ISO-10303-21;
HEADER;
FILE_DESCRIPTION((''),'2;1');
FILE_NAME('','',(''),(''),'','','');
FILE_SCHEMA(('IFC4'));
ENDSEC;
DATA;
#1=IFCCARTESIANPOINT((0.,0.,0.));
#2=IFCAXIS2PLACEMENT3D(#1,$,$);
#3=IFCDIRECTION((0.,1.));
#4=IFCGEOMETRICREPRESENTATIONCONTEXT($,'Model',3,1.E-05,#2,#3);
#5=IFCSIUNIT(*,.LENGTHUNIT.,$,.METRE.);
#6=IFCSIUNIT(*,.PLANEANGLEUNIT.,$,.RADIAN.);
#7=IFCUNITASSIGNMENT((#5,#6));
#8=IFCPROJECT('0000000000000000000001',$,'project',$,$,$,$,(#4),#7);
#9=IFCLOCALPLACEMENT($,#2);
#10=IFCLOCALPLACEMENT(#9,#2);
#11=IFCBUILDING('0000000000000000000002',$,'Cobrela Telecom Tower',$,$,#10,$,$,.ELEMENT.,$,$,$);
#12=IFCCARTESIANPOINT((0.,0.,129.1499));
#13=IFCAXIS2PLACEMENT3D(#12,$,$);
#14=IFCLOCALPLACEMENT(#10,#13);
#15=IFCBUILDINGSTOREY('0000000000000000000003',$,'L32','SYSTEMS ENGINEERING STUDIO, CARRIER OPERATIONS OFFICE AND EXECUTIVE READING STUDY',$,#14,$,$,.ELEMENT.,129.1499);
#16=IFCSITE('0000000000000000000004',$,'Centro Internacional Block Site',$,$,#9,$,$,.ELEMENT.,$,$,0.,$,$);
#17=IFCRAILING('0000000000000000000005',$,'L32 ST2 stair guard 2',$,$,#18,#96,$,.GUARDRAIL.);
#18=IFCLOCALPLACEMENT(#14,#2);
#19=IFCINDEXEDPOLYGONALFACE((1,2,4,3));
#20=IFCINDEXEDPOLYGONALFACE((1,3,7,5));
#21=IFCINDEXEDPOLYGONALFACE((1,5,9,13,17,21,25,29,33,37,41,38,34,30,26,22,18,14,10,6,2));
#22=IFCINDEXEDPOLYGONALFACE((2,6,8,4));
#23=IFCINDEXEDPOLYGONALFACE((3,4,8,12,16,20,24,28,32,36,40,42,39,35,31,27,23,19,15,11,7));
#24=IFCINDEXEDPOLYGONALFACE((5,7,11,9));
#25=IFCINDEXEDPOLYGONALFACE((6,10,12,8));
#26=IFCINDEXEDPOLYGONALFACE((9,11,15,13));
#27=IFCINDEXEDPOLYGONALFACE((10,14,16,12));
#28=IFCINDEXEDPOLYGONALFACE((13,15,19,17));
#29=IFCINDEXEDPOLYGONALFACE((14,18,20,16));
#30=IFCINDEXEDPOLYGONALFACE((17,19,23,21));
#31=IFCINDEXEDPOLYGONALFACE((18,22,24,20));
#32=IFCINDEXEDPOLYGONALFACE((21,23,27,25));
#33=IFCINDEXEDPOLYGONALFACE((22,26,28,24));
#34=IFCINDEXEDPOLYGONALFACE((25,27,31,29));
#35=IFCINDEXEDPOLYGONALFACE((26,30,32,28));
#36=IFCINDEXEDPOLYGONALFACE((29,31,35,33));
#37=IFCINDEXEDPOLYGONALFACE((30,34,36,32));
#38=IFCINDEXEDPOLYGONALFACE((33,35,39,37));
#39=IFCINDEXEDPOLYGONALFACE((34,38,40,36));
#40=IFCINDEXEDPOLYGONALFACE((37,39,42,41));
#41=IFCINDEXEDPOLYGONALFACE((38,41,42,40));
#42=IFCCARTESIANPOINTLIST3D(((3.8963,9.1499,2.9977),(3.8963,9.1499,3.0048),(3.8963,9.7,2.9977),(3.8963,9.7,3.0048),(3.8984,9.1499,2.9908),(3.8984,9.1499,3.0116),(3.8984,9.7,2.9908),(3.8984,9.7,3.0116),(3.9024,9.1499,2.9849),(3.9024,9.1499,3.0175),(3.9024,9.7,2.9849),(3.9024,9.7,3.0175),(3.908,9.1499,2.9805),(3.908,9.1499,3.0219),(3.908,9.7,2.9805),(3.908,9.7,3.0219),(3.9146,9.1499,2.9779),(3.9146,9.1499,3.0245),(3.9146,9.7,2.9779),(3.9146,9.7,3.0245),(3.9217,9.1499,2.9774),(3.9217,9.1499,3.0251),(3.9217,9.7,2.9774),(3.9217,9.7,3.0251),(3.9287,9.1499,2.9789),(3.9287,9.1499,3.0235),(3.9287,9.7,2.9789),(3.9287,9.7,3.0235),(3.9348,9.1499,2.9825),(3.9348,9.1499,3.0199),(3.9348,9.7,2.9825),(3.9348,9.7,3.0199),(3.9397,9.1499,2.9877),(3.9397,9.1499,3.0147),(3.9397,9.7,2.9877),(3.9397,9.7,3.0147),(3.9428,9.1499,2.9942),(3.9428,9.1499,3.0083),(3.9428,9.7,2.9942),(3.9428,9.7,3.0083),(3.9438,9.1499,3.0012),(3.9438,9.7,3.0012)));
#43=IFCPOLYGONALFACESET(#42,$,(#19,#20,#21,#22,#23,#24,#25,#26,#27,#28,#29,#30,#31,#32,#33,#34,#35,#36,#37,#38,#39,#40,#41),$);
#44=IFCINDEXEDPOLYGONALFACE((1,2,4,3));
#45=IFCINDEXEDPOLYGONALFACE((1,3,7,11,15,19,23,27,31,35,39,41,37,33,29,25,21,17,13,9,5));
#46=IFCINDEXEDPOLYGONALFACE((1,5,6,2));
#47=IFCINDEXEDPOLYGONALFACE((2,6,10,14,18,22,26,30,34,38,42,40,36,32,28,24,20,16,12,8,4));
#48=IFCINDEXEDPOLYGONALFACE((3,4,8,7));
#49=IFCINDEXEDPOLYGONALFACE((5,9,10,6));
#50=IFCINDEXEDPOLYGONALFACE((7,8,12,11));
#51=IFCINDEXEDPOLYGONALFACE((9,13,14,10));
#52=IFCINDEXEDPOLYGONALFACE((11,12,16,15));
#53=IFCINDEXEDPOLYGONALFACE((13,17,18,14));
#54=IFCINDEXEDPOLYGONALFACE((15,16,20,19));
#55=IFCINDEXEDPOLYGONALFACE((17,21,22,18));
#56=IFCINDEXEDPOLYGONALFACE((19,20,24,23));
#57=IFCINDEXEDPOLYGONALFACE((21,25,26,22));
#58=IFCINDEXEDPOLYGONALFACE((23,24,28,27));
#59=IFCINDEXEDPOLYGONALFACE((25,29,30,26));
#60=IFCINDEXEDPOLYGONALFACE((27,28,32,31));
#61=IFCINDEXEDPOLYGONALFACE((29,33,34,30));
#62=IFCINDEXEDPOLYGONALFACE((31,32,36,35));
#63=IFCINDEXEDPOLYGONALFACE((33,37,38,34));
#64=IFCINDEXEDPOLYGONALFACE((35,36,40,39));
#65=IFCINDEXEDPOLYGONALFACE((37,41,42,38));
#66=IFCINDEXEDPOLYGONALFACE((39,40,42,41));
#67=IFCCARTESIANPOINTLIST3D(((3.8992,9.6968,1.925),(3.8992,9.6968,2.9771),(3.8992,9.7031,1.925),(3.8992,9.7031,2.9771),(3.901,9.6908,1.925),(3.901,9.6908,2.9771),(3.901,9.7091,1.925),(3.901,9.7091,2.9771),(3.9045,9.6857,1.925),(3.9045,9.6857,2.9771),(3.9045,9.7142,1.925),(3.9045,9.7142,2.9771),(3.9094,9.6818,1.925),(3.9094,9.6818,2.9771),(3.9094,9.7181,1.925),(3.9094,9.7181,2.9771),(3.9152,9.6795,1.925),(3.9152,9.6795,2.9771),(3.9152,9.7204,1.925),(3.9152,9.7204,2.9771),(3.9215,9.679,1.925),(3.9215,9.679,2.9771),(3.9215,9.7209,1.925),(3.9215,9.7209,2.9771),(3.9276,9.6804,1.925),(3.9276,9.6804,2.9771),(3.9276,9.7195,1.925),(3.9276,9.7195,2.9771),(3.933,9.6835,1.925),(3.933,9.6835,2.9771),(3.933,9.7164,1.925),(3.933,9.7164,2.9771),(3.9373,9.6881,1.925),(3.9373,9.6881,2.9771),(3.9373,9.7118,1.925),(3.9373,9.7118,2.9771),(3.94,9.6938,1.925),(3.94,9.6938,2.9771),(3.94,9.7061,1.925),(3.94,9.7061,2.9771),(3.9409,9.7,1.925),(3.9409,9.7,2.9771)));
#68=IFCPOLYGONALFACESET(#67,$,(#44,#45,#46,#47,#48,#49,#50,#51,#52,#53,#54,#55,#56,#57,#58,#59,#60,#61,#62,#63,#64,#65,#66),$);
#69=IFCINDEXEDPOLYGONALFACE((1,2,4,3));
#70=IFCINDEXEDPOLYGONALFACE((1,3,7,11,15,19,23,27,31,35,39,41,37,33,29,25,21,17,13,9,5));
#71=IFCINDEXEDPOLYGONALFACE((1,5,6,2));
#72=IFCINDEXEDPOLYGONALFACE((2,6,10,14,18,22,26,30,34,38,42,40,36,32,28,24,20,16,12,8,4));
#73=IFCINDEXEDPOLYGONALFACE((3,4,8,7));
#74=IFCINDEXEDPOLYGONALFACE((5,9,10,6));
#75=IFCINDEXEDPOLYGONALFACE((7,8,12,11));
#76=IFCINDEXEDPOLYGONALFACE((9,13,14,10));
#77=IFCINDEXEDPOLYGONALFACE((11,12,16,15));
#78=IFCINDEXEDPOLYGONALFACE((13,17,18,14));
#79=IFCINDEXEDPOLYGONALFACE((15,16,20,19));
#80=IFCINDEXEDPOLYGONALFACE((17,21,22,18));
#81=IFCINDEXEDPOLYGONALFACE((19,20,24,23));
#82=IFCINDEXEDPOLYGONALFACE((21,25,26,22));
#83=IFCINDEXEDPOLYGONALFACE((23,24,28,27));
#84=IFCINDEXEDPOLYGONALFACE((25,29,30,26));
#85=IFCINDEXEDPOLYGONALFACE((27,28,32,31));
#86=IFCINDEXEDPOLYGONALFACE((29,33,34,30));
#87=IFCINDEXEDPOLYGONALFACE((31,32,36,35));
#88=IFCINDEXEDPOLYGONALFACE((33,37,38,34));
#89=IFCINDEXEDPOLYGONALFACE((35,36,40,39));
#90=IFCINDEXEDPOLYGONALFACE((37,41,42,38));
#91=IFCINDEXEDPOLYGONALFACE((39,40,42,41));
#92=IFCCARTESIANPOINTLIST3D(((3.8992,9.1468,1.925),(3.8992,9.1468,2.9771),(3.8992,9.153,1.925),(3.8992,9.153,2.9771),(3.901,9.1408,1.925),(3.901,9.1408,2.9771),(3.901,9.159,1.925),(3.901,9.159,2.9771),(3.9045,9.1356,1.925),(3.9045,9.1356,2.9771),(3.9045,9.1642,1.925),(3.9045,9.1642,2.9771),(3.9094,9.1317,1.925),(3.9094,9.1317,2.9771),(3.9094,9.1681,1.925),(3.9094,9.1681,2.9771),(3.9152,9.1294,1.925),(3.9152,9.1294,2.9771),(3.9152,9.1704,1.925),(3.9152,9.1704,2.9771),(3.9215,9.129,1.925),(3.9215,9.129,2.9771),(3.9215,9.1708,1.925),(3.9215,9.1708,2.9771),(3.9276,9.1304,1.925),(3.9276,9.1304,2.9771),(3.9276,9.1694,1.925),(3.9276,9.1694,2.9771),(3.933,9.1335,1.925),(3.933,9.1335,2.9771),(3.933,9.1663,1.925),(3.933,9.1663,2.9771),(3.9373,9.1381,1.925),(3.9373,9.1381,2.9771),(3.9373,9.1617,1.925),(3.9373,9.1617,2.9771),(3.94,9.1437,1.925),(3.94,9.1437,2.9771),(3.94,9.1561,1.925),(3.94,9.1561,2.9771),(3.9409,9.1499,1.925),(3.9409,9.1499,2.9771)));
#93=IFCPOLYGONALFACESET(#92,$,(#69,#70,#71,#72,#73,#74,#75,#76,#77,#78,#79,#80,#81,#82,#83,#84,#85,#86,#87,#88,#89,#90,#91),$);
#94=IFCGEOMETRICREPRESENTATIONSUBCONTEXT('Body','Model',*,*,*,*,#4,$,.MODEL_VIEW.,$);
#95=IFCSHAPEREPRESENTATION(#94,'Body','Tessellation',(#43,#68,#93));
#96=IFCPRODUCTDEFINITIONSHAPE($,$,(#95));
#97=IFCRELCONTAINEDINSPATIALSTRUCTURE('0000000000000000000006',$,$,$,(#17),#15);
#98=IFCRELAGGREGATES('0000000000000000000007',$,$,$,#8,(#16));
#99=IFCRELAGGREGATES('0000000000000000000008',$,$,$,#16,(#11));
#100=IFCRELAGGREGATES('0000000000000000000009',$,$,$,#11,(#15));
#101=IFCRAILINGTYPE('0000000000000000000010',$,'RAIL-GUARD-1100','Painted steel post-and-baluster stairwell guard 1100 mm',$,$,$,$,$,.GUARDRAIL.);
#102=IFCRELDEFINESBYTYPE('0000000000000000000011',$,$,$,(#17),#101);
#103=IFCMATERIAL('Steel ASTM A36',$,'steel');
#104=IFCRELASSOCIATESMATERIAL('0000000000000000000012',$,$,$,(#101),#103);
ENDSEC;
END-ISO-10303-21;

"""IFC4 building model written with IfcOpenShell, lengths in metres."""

from ifc_helpers import new_model, si_unit, direction, frame, origin, origin_2d, place, context, subcontext, project, spatial, circle, extrude, material, type_object, element, save


model = new_model("IFC4")

# Units and contexts
model_context = context("Model", 3, precision=1e-05, world=origin(), true_north=direction((0.0, 1.0)))
body_context = subcontext(model_context, "Body", "Model", "MODEL_VIEW")
ifc_project = project(units=[si_unit("LENGTHUNIT", "METRE"), si_unit("PLANEANGLEUNIT", "RADIAN")], contexts=[model_context])

# Site, building, storey
site_placement = place(None, origin())
site = spatial("IfcSite", under=ifc_project, at=site_placement, Name="Centro Internacional Block Site", CompositionType="ELEMENT", RefElevation=0.0)
building_placement = place(site_placement, origin())
building = spatial("IfcBuilding", under=site, at=building_placement, Name="Cobrela Telecom Tower", CompositionType="ELEMENT")
storey_placement = place(building_placement, frame((0.0, 0.0, 129.1499)))
storey = spatial("IfcBuildingStorey", under=building, at=storey_placement, Name="L32", Description="SYSTEMS ENGINEERING STUDIO, CARRIER OPERATIONS OFFICE AND EXECUTIVE READING STUDY", CompositionType="ELEMENT", Elevation=129.1499)

# Shared definitions
ifc_material_1 = material(Name="Steel ASTM A36", Category="steel")

# Railing
railing_type_1 = type_object("IfcRailingType", Name="RAIL-GUARD-1100", Description="Painted steel post-and-baluster stairwell guard 1100 mm", PredefinedType="GUARDRAIL", material=ifc_material_1)
railing_1_placement = place(storey_placement, frame((3.9199, 9.7, 1.925)))
element("IfcRailing", 1, at=railing_1_placement, inside=storey, type_object=railing_type_1, Name="L32 ST2 stair guard 2", PredefinedType="GUARDRAIL", context=body_context, shape_type="SweptSolid", body=[
    extrude(circle(Radius=0.0239, at=origin_2d()), frame((0.0, 0.0, 1.0762), z_axis=(0.0, -1.0, 0.0), x_axis=(1.0, 0.0, 0.0)), (0.0, 0.0, 1.0), 0.55),
    extrude(circle(Radius=0.021, at=origin_2d()), origin(), (0.0, 0.0, 1.0), 1.052),
    extrude(circle(Radius=0.021, at=origin_2d()), frame((0.0, -0.55, 0.0)), (0.0, 0.0, 1.0), 1.052),
])

save(model, "model.ifc")
